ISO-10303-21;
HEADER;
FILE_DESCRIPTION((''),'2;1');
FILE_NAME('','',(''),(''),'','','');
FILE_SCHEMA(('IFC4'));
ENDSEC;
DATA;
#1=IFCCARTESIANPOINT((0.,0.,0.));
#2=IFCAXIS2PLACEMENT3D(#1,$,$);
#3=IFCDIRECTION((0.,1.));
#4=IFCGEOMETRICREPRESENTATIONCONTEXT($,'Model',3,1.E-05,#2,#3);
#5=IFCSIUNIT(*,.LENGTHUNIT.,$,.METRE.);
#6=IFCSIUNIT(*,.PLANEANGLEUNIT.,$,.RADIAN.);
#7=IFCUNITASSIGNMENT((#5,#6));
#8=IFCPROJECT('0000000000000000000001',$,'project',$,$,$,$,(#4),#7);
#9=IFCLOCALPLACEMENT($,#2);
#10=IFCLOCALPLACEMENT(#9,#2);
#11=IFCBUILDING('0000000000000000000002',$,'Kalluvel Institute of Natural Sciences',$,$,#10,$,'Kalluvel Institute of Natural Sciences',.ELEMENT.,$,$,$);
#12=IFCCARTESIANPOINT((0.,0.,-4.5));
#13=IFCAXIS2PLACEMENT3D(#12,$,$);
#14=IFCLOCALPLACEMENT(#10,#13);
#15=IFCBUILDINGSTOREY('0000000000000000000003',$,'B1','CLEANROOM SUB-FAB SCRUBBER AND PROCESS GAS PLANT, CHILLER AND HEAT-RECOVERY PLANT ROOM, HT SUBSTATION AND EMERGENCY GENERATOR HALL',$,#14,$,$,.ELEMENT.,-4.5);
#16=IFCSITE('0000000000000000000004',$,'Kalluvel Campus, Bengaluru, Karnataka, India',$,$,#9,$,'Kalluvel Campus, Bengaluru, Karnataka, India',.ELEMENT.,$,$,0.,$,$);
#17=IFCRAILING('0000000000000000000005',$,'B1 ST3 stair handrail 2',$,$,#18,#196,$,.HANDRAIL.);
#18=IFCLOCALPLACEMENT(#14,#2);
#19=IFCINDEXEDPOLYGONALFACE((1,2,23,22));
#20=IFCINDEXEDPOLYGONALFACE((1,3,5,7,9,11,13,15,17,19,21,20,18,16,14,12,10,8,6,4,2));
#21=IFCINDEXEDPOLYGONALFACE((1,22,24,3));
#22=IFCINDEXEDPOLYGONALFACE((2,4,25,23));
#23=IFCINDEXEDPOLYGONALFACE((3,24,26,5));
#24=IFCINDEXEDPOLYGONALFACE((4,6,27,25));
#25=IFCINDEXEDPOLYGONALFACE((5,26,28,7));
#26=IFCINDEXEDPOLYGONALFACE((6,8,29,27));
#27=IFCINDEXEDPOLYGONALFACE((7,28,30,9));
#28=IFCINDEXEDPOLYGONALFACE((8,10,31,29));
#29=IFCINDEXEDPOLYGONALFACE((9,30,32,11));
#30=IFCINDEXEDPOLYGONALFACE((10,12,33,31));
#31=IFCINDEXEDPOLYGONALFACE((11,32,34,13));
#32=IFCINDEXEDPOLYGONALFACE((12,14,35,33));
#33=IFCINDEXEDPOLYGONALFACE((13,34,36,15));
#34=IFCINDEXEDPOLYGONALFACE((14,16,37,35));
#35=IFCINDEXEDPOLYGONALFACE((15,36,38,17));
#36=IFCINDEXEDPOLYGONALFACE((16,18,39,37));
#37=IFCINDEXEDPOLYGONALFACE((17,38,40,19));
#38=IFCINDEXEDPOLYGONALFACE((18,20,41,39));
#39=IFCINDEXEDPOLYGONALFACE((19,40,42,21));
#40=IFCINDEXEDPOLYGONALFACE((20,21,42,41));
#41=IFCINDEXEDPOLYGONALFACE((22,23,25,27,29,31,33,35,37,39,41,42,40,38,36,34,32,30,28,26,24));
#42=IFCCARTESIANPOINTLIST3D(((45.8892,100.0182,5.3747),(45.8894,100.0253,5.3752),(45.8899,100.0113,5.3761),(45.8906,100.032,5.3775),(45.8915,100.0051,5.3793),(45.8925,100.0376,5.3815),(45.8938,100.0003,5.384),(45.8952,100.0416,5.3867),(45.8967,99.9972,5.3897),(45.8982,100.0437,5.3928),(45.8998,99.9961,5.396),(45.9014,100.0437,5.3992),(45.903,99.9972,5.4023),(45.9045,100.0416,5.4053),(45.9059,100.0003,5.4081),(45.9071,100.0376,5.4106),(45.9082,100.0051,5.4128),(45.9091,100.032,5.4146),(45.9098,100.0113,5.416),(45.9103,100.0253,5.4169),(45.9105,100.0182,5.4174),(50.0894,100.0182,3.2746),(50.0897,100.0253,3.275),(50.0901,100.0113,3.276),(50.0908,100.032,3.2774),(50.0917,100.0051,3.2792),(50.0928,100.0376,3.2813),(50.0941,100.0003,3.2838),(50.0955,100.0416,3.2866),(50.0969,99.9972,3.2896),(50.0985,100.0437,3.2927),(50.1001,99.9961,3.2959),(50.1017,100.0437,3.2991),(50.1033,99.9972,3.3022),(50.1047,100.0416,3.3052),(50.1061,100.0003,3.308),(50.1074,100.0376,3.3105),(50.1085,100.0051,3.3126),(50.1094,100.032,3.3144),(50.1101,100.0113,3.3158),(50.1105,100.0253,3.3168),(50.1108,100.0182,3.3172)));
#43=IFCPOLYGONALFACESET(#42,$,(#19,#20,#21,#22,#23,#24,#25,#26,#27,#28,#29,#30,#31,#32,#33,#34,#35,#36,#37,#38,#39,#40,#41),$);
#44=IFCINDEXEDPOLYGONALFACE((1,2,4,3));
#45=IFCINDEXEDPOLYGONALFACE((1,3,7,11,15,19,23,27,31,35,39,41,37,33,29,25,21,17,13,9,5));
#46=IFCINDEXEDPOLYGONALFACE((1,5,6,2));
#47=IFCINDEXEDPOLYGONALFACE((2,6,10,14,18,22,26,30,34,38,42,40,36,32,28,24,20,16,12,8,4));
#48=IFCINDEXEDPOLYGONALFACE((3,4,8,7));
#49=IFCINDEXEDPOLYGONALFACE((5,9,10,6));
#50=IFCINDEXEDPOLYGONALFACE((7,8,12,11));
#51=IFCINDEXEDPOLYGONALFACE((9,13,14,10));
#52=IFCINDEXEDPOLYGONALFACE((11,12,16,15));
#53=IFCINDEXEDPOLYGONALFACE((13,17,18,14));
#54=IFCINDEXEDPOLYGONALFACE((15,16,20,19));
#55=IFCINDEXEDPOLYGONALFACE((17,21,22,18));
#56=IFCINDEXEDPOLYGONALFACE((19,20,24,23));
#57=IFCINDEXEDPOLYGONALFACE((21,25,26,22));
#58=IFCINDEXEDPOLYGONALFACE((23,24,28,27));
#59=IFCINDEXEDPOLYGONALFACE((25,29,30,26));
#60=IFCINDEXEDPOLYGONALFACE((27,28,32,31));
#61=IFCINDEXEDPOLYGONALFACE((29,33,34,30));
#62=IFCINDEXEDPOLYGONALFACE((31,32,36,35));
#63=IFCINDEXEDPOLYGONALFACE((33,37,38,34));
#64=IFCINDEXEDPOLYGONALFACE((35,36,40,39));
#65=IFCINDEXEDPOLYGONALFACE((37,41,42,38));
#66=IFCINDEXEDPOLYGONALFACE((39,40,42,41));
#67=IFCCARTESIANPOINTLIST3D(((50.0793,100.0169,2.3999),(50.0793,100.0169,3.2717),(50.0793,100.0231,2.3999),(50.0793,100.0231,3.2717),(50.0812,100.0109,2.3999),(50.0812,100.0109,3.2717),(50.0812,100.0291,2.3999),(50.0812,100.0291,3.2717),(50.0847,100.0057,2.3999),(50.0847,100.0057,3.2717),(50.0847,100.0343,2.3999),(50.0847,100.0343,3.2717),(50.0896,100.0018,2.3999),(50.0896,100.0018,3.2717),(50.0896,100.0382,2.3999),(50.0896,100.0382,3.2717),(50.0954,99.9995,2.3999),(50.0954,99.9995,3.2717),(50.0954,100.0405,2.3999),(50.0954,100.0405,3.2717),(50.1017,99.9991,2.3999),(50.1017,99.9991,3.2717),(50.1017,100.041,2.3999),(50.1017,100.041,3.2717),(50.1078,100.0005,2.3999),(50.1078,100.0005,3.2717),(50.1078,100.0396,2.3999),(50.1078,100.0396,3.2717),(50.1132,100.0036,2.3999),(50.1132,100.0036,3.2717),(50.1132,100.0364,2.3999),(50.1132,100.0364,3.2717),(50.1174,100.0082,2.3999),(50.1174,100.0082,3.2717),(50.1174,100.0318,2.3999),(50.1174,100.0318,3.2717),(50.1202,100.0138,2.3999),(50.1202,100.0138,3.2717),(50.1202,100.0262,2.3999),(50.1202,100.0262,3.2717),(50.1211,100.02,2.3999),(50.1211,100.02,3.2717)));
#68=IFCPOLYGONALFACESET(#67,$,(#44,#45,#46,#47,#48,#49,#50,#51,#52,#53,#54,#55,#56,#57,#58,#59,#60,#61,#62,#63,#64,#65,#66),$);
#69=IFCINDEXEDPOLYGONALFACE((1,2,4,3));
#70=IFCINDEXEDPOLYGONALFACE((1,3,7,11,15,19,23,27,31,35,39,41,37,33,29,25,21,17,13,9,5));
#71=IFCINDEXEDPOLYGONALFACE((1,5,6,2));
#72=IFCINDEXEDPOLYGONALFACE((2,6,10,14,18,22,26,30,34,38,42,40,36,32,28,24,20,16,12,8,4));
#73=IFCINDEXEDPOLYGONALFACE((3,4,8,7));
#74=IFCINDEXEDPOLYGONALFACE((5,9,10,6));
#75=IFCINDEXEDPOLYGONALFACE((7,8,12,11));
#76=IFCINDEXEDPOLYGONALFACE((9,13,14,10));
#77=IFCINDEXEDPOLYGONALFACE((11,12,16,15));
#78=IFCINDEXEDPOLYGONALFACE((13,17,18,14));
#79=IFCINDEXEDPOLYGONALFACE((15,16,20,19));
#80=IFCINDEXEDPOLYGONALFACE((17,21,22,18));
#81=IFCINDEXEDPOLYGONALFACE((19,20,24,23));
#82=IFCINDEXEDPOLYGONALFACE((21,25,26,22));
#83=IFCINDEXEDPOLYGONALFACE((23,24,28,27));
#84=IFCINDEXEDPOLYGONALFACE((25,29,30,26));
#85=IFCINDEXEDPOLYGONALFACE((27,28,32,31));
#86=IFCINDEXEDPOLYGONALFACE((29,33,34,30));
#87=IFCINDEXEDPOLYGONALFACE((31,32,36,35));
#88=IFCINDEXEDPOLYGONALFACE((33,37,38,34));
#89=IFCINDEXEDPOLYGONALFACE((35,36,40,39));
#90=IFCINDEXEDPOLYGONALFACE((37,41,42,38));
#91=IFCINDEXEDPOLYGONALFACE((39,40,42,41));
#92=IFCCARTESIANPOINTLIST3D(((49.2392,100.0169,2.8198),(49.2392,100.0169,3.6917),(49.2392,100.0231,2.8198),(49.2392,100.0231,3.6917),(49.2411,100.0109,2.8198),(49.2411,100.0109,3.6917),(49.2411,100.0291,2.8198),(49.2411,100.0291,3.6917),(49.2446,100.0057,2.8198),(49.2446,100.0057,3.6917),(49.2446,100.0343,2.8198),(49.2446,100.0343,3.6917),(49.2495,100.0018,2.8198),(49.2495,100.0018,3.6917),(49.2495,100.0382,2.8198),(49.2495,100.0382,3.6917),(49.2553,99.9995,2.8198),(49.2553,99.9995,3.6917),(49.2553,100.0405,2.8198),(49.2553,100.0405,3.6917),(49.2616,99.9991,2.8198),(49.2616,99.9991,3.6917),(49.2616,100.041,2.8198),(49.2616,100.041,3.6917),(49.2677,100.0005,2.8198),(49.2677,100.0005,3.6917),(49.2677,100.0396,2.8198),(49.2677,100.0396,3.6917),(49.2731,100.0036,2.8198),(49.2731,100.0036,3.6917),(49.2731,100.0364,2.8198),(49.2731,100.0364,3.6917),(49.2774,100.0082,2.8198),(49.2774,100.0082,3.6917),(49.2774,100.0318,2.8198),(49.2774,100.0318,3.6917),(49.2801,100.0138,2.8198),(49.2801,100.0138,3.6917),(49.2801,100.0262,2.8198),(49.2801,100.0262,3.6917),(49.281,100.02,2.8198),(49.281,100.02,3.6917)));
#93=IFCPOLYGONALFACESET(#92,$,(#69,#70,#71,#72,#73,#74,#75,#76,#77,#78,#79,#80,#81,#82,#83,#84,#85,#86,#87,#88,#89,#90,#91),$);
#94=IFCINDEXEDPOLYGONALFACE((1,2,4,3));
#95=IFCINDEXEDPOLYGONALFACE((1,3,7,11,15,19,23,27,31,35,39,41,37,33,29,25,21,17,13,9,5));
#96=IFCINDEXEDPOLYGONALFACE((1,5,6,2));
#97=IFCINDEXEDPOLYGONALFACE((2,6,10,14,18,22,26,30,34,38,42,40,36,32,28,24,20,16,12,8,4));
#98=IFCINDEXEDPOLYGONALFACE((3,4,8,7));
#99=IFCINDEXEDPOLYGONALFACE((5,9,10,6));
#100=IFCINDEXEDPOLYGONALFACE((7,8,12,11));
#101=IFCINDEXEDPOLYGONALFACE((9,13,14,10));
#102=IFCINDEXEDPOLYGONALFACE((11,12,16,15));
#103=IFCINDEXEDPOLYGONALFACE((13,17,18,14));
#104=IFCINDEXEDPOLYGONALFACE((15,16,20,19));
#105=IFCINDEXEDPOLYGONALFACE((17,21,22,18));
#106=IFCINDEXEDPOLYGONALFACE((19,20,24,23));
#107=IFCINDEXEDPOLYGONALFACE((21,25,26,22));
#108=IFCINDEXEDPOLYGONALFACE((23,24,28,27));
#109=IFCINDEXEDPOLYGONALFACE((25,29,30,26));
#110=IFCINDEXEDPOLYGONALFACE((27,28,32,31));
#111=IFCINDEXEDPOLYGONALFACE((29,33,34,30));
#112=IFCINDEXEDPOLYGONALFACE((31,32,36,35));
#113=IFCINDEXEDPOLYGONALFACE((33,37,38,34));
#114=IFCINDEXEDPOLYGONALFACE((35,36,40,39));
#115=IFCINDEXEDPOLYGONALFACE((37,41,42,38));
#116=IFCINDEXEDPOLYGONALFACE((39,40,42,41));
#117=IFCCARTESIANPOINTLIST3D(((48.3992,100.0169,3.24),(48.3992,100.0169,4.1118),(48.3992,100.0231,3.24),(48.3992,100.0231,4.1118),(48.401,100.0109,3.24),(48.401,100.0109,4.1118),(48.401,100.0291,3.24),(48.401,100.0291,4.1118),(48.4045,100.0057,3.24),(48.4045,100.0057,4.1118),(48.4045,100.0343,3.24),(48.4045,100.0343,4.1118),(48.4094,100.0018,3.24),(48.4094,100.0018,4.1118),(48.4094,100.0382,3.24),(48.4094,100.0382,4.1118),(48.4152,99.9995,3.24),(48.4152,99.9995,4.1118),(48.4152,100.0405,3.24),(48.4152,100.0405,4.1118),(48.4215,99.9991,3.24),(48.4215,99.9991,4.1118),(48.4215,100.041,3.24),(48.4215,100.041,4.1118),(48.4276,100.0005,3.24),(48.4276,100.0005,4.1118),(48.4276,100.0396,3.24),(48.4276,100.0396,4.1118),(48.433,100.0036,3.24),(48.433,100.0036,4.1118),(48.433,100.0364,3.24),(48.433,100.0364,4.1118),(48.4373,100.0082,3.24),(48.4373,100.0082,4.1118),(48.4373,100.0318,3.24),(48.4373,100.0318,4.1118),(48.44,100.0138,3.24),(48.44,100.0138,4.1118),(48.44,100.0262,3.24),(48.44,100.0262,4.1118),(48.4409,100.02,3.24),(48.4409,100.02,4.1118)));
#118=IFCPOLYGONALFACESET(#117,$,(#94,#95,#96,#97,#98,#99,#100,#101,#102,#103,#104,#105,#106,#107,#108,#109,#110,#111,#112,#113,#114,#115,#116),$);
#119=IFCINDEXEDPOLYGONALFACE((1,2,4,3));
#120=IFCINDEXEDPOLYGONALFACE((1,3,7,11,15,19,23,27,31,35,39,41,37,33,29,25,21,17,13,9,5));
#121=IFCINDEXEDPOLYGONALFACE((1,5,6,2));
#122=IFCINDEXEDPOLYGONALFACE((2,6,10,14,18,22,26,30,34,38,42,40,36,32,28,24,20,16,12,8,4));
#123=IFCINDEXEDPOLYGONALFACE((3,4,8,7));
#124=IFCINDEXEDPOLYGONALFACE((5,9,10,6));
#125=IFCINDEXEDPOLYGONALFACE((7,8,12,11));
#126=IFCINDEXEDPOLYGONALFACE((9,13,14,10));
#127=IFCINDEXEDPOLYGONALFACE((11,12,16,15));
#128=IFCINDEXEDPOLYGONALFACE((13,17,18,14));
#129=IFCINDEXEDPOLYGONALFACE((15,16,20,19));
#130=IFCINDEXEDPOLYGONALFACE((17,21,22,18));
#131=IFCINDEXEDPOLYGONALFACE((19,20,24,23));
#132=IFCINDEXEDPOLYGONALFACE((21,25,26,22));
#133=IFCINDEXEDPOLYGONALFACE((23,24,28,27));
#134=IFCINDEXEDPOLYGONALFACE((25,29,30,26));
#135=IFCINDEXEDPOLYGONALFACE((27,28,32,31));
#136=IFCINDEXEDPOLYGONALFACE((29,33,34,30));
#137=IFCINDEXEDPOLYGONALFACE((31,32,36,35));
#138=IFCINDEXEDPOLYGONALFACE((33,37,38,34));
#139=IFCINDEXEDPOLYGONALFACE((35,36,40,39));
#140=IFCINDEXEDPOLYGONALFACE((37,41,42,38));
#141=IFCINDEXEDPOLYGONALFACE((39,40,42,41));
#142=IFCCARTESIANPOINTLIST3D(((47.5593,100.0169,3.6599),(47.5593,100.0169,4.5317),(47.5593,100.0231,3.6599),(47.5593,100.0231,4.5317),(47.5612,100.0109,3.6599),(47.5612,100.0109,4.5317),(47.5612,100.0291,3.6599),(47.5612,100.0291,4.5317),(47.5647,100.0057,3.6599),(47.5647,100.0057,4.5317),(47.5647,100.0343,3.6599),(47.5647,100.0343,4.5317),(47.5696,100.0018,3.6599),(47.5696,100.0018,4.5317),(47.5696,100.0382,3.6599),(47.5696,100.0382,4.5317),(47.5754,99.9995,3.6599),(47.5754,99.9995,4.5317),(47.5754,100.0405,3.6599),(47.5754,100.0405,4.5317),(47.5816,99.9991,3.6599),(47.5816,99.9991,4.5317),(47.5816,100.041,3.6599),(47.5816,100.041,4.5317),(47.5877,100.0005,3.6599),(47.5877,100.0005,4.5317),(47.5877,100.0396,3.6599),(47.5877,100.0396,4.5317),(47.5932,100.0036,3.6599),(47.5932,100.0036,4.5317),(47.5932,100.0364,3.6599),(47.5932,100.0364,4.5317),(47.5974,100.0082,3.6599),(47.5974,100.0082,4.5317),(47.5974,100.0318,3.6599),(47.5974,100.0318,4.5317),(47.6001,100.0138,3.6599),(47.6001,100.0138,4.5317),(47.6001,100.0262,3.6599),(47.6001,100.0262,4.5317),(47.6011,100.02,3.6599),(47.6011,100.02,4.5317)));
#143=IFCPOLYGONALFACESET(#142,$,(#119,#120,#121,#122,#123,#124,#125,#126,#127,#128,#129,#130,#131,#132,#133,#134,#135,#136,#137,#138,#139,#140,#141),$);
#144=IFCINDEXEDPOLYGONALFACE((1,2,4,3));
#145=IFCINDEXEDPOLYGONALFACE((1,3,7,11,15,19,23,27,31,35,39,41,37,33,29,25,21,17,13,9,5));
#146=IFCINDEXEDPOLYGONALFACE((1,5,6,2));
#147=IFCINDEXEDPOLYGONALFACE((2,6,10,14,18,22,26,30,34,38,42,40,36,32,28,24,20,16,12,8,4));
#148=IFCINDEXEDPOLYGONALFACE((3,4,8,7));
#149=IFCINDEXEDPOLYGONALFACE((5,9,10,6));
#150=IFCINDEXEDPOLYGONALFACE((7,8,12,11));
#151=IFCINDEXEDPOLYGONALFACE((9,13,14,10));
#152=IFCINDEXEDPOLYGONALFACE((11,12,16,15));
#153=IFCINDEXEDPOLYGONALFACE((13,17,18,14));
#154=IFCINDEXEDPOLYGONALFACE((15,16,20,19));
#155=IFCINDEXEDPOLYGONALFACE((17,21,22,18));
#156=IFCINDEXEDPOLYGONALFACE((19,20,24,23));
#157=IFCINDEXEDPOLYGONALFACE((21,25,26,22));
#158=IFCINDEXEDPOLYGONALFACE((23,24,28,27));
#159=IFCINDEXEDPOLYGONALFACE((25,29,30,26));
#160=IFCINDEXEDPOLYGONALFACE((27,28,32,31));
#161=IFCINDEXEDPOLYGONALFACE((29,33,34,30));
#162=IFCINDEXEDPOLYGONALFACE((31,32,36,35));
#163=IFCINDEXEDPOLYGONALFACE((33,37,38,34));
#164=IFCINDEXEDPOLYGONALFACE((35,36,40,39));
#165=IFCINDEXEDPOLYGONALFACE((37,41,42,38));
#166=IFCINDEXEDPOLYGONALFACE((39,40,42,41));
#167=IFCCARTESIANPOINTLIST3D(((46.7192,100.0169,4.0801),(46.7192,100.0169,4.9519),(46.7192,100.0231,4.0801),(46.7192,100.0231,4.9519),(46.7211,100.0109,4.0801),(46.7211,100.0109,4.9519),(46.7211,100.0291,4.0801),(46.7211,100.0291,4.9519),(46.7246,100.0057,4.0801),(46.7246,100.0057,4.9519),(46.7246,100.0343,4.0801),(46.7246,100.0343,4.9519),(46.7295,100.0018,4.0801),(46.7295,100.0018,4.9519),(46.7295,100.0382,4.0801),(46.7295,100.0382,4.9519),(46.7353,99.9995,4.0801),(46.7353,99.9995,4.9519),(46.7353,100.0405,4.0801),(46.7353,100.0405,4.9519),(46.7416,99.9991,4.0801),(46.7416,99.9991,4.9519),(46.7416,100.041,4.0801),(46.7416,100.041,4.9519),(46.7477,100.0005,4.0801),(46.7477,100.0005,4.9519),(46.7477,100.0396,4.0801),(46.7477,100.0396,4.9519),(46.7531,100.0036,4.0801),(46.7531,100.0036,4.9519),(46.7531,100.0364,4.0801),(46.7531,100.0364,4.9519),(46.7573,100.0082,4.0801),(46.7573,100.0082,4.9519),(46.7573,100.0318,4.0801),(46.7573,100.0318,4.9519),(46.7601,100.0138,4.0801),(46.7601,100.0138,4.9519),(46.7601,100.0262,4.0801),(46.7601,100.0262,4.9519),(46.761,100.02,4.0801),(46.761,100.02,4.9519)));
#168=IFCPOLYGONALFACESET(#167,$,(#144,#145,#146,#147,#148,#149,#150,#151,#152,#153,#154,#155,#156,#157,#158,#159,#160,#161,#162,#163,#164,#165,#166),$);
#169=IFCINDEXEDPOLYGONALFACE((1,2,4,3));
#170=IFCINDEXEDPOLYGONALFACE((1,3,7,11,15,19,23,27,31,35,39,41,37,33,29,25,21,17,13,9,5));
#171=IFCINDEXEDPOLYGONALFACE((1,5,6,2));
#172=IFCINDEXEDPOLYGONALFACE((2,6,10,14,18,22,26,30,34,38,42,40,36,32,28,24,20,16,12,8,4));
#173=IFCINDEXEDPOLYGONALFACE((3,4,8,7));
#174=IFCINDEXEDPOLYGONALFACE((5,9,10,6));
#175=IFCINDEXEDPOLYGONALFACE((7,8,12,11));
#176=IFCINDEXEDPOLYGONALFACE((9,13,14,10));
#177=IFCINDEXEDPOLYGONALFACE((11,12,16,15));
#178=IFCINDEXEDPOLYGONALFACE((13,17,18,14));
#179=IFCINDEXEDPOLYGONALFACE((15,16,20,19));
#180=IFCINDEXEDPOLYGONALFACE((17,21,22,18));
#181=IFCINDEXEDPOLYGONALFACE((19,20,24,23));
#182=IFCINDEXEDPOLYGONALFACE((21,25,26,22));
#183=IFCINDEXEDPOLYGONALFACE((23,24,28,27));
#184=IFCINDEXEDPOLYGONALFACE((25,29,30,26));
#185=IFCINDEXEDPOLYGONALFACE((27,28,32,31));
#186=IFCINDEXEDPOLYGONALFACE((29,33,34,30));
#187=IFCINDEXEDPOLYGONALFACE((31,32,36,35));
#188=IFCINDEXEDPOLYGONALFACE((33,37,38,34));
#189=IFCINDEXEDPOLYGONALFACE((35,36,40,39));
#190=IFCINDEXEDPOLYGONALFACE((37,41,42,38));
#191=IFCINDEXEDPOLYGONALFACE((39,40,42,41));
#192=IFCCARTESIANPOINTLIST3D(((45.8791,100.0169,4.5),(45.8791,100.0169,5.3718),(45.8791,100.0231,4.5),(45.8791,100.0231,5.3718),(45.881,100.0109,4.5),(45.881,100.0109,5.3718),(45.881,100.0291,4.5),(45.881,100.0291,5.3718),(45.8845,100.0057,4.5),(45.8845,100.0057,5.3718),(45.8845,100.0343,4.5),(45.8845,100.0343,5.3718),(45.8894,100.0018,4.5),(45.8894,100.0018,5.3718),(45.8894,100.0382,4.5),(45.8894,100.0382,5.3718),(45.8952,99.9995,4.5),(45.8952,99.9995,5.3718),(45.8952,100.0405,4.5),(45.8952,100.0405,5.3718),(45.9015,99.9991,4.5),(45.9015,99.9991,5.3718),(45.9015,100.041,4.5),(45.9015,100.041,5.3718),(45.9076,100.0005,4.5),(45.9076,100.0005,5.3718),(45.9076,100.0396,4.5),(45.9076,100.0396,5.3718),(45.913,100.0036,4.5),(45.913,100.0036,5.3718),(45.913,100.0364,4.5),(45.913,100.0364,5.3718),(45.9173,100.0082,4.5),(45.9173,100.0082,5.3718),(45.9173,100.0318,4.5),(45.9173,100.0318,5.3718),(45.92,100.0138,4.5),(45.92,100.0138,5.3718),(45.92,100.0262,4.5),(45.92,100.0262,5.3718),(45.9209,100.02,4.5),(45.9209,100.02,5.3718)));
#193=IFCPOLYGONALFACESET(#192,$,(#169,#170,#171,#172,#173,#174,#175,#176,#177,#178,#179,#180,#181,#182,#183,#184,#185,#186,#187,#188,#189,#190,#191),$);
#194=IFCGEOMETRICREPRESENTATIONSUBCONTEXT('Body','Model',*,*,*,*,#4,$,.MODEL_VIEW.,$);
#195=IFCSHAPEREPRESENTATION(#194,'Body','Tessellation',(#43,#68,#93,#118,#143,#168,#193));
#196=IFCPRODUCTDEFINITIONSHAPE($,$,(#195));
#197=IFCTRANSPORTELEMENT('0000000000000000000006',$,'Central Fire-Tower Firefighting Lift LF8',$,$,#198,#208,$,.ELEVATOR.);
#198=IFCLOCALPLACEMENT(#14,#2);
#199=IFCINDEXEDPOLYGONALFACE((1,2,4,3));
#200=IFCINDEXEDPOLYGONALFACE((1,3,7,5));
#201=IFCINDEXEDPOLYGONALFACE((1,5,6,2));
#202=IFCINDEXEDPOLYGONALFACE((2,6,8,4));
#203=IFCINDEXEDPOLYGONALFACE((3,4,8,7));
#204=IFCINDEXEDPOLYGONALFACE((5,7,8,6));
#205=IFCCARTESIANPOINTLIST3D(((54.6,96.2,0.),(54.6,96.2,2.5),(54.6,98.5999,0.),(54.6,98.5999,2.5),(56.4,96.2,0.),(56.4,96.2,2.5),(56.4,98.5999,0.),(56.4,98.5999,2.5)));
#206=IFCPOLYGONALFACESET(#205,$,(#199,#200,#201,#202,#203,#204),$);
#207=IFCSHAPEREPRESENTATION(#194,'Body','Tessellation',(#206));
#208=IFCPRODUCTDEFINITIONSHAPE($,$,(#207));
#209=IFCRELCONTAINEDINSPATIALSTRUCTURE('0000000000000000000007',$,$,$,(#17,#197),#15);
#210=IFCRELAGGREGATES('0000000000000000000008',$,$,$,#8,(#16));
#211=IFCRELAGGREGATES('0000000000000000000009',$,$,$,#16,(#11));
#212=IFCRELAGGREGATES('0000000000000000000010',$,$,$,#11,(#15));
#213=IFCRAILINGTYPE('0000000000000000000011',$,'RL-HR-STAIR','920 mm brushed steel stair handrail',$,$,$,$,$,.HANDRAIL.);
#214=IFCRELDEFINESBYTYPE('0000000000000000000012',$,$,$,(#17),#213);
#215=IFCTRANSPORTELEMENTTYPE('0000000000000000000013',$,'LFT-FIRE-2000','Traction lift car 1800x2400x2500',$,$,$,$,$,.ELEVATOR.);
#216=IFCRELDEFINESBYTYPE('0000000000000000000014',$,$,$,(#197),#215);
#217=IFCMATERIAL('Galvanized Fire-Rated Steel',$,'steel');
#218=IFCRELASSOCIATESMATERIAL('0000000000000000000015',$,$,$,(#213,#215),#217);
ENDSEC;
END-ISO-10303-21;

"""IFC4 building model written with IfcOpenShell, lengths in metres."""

from ifc_helpers import new_model, si_unit, direction, frame, origin, origin_2d, place, context, subcontext, project, spatial, rectangle, circle, extrude, material, type_object, element, save


model = new_model("IFC4")

# Units and contexts
model_context = context("Model", 3, precision=1e-05, world=origin(), true_north=direction((0.0, 1.0)))
body_context = subcontext(model_context, "Body", "Model", "MODEL_VIEW")
ifc_project = project(units=[si_unit("LENGTHUNIT", "METRE"), si_unit("PLANEANGLEUNIT", "RADIAN")], contexts=[model_context])

# Site, building, storey
site_placement = place(None, origin())
site = spatial("IfcSite", under=ifc_project, at=site_placement, Name="Kalluvel Campus, Bengaluru, Karnataka, India", LongName="Kalluvel Campus, Bengaluru, Karnataka, India", CompositionType="ELEMENT", RefElevation=0.0)
building_placement = place(site_placement, origin())
building = spatial("IfcBuilding", under=site, at=building_placement, Name="Kalluvel Institute of Natural Sciences", LongName="Kalluvel Institute of Natural Sciences", CompositionType="ELEMENT")
storey_placement = place(building_placement, frame((0.0, 0.0, -4.5)))
storey = spatial("IfcBuildingStorey", under=building, at=storey_placement, Name="B1", Description="CLEANROOM SUB-FAB SCRUBBER AND PROCESS GAS PLANT, CHILLER AND HEAT-RECOVERY PLANT ROOM, HT SUBSTATION AND EMERGENCY GENERATOR HALL", CompositionType="ELEMENT", Elevation=-4.5)

# Shared definitions
ifc_material_1 = material(Name="Galvanized Fire-Rated Steel", Category="steel")

# Railing
railing_type_1 = type_object("IfcRailingType", Name="RL-HR-STAIR", Description="920 mm brushed steel stair handrail", PredefinedType="HANDRAIL", material=ifc_material_1)
railing_1_placement = place(storey_placement, frame((50.1001, 100.02, 2.3999)))
element("IfcRailing", 1, at=railing_1_placement, inside=storey, type_object=railing_type_1, Name="B1 ST3 stair handrail 2", PredefinedType="HANDRAIL", context=body_context, shape_type="SweptSolid", body=[
    extrude(circle(Radius=0.0239, at=origin_2d()), frame((0.0, 0.0, 0.896), z_axis=(-0.894427, 0.0, 0.447214), x_axis=(0.0, -1.0, 0.0)), (0.0, 0.0, 1.0), 4.696),
    extrude(circle(Radius=0.021, at=origin_2d()), origin(), (0.0, 0.0, 1.0), 0.8718),
    extrude(circle(Radius=0.021, at=origin_2d()), frame((-0.8401, 0.0, 0.4199)), (0.0, 0.0, 1.0), 0.8718),
    extrude(circle(Radius=0.021, at=origin_2d()), frame((-1.6802, 0.0, 0.8401)), (0.0, 0.0, 1.0), 0.8718),
    extrude(circle(Radius=0.021, at=origin_2d()), frame((-2.52, 0.0, 1.26)), (0.0, 0.0, 1.0), 0.8718),
    extrude(circle(Radius=0.021, at=origin_2d()), frame((-3.3601, 0.0, 1.6802)), (0.0, 0.0, 1.0), 0.8718),
    extrude(circle(Radius=0.021, at=origin_2d()), frame((-4.2002, 0.0, 2.1001)), (0.0, 0.0, 1.0), 0.8718),
])

# Transport element
transport_element_type = type_object("IfcTransportElementType", Name="LFT-FIRE-2000", Description="Traction lift car 1800x2400x2500", PredefinedType="ELEVATOR", material=ifc_material_1)
transport_element_placement = place(storey_placement, frame((55.5, 97.3999, 0.0), z_axis=(0.0, 0.0, 1.0), x_axis=(1.0, 0.0, 0.0)))
element("IfcTransportElement", 2, at=transport_element_placement, inside=storey, type_object=transport_element_type, Name="Central Fire-Tower Firefighting Lift LF8", PredefinedType="ELEVATOR", context=body_context, shape_type="SweptSolid", body=[
    extrude(rectangle(XDim=1.8, YDim=2.3999, at=origin_2d()), origin(), (0.0, 0.0, 1.0), 2.5),
])

save(model, "model.ifc")
